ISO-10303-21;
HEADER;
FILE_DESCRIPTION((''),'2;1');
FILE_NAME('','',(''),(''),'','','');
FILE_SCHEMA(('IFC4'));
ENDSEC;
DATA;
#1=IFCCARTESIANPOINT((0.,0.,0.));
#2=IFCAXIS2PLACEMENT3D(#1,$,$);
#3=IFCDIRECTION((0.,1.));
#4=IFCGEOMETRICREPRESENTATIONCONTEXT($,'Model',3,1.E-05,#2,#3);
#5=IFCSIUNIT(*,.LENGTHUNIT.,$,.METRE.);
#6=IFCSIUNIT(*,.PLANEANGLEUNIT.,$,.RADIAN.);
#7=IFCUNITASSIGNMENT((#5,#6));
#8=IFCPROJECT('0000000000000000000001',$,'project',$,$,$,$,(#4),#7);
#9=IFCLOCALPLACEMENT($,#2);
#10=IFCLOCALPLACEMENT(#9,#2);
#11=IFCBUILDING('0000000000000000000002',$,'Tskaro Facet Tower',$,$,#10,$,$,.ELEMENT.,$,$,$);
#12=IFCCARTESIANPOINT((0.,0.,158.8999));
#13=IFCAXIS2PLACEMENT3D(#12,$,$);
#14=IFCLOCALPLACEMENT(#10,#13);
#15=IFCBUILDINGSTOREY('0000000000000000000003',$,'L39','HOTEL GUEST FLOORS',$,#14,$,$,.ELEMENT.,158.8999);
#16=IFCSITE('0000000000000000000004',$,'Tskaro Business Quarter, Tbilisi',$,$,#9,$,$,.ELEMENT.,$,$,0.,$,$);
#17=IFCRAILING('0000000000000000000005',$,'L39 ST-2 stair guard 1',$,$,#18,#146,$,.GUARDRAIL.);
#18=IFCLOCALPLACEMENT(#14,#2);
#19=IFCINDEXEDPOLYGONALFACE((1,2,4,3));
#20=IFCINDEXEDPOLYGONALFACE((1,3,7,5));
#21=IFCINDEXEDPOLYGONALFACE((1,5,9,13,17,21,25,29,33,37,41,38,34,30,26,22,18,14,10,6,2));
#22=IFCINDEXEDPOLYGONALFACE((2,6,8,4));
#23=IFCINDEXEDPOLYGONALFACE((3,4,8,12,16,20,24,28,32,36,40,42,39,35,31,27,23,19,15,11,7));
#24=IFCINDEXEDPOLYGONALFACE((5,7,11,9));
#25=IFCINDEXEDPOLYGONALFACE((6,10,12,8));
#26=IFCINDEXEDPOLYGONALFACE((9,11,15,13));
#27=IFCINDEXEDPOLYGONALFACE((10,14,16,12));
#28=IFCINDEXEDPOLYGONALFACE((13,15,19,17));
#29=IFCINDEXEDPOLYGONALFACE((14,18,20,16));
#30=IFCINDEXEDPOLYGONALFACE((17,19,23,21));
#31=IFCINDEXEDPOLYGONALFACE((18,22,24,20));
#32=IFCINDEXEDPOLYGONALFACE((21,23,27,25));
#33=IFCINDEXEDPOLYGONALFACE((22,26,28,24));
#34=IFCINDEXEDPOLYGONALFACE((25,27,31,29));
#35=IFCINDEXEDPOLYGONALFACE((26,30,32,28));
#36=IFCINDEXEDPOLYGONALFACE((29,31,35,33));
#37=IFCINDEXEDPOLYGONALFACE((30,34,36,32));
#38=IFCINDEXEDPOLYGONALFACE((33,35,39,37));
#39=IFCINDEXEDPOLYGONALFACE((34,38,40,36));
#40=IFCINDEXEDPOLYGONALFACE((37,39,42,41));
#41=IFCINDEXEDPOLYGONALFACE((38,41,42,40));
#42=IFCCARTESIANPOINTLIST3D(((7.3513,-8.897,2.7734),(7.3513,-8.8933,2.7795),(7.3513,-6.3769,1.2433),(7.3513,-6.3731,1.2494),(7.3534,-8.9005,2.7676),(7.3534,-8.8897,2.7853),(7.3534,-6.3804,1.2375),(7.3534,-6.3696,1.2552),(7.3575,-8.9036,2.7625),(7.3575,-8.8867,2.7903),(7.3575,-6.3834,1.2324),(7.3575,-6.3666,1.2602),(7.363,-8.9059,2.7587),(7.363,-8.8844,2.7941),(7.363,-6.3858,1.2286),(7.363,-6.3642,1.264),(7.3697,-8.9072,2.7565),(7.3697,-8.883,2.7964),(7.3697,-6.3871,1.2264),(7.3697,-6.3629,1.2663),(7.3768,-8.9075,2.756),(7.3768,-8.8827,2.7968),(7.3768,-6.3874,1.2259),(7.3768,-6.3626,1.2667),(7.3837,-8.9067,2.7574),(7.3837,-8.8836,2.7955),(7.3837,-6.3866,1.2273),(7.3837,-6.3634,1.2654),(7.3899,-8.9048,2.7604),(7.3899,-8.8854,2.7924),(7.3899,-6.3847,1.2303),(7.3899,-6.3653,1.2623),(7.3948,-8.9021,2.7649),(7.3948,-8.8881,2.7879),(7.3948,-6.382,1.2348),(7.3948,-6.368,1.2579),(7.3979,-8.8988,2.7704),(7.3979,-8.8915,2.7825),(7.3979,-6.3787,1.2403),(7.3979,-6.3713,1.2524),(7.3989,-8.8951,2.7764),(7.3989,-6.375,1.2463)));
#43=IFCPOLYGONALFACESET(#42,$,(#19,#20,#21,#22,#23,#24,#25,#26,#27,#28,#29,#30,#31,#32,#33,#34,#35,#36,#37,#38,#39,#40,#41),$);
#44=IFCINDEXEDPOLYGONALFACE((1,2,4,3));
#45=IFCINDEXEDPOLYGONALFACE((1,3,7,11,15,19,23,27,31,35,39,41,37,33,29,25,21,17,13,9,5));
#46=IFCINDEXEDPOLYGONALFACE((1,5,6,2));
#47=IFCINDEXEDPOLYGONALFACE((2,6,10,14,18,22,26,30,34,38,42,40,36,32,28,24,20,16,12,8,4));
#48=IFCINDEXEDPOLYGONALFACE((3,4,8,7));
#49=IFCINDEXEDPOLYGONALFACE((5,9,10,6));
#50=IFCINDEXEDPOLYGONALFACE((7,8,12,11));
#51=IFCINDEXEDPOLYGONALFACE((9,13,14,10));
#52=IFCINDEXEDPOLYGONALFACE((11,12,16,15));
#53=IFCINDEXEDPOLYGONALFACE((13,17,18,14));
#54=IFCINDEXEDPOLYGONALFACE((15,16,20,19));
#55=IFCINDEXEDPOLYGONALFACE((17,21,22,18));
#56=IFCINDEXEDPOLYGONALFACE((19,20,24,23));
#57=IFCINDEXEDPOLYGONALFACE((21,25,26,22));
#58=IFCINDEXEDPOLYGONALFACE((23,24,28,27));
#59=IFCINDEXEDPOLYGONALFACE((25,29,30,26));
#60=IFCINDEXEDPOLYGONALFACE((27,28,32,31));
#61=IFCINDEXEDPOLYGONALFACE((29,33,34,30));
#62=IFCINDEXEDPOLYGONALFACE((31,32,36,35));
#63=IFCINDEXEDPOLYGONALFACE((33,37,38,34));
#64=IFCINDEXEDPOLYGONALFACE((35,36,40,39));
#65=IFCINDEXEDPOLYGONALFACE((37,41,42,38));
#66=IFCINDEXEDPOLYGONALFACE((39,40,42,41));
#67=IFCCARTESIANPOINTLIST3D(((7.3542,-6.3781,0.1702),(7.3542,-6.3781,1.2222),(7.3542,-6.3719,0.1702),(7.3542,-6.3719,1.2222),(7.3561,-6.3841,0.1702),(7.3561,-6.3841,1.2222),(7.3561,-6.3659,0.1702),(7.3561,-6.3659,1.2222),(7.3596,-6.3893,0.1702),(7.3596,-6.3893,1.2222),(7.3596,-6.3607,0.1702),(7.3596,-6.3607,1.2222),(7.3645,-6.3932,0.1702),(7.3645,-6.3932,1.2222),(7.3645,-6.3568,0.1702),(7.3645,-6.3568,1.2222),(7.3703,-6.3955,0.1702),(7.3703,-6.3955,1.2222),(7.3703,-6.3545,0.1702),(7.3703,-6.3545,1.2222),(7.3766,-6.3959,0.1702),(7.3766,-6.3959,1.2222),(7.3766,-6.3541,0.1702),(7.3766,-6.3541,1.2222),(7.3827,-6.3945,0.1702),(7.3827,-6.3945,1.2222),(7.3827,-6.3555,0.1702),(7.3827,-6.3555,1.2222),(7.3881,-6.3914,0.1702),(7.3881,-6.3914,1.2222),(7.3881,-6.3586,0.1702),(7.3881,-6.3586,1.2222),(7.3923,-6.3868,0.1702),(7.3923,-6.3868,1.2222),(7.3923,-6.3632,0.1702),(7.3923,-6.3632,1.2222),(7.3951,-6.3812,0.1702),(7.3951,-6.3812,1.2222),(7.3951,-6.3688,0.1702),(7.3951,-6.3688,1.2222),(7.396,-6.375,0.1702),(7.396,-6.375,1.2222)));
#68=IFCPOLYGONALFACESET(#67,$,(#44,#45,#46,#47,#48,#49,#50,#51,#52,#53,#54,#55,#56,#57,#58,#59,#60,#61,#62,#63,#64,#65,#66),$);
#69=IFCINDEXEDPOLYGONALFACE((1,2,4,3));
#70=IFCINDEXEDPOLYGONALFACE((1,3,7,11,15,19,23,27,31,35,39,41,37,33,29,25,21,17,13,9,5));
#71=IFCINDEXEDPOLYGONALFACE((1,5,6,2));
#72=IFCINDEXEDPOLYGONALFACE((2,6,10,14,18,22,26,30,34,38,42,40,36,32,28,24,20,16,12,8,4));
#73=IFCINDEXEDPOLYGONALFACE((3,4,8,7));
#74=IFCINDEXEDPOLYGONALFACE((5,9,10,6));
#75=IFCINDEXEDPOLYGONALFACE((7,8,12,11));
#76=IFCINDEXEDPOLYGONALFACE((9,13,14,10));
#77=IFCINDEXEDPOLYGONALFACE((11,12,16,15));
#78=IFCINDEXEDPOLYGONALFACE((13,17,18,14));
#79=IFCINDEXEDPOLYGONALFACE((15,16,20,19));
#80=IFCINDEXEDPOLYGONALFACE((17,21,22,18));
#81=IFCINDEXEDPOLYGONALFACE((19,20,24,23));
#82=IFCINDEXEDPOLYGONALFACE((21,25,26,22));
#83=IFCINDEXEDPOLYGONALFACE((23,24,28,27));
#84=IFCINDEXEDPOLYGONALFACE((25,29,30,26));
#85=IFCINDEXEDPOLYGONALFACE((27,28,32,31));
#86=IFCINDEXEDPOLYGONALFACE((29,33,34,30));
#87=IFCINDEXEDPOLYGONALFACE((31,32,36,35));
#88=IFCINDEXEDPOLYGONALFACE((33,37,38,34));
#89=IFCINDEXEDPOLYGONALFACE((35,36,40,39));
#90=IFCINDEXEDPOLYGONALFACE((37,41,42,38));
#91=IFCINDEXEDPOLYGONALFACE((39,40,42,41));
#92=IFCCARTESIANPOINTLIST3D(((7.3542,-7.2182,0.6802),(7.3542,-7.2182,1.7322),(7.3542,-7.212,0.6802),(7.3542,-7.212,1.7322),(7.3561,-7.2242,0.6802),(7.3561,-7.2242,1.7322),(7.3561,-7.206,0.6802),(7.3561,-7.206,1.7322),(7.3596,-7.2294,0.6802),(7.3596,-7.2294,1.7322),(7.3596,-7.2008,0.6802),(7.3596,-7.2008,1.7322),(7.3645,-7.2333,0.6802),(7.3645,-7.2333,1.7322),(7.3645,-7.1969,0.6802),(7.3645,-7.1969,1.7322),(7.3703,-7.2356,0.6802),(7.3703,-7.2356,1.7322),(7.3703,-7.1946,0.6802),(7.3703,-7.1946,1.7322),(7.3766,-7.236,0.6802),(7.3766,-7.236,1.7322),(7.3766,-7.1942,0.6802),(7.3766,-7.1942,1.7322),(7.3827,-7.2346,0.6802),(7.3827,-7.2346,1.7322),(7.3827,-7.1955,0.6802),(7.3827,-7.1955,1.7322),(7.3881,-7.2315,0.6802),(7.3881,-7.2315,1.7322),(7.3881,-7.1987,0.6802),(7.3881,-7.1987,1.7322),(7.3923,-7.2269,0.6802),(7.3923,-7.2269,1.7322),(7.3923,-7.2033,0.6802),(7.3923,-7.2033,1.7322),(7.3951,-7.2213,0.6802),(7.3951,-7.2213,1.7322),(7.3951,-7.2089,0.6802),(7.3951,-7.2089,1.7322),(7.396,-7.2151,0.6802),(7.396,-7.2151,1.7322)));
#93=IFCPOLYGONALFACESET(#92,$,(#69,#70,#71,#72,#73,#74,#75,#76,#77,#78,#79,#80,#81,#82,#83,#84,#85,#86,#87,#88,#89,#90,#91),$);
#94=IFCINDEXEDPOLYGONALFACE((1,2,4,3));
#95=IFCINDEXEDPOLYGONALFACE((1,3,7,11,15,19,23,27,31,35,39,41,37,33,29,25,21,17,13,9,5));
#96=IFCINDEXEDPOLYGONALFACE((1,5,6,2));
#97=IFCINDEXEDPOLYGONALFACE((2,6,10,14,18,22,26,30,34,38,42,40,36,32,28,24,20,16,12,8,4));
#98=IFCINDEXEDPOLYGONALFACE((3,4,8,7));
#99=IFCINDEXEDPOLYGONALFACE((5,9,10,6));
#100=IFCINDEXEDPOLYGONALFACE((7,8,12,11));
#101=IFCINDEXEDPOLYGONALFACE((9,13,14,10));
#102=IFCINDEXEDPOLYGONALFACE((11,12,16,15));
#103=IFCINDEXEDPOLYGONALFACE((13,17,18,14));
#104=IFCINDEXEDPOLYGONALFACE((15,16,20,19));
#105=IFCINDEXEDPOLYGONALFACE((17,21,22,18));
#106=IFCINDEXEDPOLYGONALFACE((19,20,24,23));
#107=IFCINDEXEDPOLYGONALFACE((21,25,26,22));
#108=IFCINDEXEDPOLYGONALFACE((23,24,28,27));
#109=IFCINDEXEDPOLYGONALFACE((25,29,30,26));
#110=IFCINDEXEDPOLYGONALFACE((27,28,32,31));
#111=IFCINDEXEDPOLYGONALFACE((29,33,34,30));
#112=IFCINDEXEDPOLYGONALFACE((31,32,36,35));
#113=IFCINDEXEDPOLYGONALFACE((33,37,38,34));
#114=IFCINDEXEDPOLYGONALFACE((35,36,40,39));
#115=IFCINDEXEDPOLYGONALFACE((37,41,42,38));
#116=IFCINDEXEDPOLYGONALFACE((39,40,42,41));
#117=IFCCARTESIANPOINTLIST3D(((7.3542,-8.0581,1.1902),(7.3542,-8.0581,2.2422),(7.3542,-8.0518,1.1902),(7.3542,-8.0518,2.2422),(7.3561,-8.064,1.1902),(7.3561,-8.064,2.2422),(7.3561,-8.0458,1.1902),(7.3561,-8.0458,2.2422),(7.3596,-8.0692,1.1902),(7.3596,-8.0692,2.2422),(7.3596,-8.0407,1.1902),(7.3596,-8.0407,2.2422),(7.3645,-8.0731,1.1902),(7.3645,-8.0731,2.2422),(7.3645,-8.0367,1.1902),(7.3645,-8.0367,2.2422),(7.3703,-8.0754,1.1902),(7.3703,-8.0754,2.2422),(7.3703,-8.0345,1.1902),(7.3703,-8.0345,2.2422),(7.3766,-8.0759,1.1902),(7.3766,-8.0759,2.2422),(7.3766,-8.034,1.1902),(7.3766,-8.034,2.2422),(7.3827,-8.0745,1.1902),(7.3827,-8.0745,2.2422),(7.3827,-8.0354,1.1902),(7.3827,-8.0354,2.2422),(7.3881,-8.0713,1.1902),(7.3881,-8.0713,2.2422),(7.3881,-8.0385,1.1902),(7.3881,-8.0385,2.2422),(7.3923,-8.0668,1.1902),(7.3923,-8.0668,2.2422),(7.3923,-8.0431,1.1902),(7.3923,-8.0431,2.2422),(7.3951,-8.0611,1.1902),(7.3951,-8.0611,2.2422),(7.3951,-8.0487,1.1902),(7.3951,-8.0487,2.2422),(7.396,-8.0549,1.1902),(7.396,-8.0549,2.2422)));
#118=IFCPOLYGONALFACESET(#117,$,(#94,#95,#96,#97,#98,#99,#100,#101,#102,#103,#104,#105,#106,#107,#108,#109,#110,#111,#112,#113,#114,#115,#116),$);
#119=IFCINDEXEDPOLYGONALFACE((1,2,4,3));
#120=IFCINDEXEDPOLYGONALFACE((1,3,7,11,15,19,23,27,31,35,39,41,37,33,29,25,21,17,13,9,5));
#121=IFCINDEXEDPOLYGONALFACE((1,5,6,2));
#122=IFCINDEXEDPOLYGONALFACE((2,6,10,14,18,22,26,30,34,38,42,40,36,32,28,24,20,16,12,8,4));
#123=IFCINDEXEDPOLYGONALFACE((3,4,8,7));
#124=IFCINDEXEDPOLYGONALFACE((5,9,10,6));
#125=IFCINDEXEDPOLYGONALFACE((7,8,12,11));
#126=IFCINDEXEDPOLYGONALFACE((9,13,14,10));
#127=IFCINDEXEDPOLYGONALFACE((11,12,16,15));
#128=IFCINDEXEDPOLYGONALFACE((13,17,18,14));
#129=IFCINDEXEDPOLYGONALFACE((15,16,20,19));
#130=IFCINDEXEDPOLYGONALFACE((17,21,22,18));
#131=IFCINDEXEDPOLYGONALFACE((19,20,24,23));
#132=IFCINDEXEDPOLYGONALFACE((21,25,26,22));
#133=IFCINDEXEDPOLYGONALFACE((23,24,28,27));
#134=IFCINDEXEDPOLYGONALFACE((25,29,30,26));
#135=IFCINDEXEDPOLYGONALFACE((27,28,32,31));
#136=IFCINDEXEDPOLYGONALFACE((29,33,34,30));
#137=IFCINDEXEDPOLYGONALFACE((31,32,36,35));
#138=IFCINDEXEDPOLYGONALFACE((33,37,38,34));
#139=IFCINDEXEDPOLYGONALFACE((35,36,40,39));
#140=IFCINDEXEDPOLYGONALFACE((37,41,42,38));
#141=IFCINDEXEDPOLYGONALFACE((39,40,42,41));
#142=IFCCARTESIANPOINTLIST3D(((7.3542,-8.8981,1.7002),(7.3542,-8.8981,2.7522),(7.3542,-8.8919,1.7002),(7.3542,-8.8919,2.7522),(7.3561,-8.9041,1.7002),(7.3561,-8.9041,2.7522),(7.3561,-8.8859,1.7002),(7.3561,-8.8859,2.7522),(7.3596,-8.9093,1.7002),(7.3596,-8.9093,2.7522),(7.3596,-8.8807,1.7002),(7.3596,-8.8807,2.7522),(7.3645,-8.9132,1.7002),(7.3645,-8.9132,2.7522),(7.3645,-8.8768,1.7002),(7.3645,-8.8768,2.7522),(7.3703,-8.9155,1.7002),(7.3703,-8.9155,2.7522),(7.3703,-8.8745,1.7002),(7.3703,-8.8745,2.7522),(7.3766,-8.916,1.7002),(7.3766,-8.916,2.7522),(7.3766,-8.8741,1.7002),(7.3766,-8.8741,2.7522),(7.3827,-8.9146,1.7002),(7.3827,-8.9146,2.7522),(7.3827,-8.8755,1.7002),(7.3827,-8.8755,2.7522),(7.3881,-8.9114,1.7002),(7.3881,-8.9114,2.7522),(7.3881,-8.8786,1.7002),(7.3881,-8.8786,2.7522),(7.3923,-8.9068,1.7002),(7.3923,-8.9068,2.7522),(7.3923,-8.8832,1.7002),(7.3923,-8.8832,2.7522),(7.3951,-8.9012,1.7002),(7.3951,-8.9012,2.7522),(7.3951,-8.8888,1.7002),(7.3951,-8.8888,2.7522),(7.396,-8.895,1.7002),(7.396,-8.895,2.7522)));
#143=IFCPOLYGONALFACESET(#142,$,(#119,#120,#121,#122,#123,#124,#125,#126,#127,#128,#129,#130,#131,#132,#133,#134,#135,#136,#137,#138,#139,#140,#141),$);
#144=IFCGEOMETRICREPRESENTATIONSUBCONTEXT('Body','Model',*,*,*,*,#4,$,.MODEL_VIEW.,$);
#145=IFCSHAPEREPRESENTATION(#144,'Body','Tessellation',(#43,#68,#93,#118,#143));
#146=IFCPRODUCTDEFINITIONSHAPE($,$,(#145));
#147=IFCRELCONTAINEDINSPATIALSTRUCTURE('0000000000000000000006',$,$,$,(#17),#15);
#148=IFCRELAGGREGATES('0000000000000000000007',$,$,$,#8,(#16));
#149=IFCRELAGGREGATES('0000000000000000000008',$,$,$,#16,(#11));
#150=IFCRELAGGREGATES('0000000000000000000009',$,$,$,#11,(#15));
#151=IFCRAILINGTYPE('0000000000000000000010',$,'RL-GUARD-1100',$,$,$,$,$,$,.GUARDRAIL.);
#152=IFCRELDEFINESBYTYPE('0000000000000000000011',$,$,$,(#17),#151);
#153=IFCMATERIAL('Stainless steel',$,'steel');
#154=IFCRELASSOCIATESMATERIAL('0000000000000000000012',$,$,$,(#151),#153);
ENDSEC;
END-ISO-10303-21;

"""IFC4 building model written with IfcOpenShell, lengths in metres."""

from ifc_helpers import new_model, si_unit, direction, frame, origin, origin_2d, place, context, subcontext, project, spatial, circle, extrude, material, type_object, element, save


model = new_model("IFC4")

# Units and contexts
model_context = context("Model", 3, precision=1e-05, world=origin(), true_north=direction((0.0, 1.0)))
body_context = subcontext(model_context, "Body", "Model", "MODEL_VIEW")
ifc_project = project(units=[si_unit("LENGTHUNIT", "METRE"), si_unit("PLANEANGLEUNIT", "RADIAN")], contexts=[model_context])

# Site, building, storey
site_placement = place(None, origin())
site = spatial("IfcSite", under=ifc_project, at=site_placement, Name="Tskaro Business Quarter, Tbilisi", CompositionType="ELEMENT", RefElevation=0.0)
building_placement = place(site_placement, origin())
building = spatial("IfcBuilding", under=site, at=building_placement, Name="Tskaro Facet Tower", CompositionType="ELEMENT")
storey_placement = place(building_placement, frame((0.0, 0.0, 158.8999)))
storey = spatial("IfcBuildingStorey", under=building, at=storey_placement, Name="L39", Description="HOTEL GUEST FLOORS", CompositionType="ELEMENT", Elevation=158.8999)

# Railing
ifc_material_1 = material(Name="Stainless steel", Category="steel")
railing_type_1 = type_object("IfcRailingType", Name="RL-GUARD-1100", PredefinedType="GUARDRAIL", material=ifc_material_1)
railing_1_placement = place(storey_placement, frame((7.375, -6.375, 0.1702)))
element("IfcRailing", 1, at=railing_1_placement, inside=storey, type_object=railing_type_1, Name="L39 ST-2 stair guard 1", PredefinedType="GUARDRAIL", context=body_context, shape_type="SweptSolid", body=[
    extrude(circle(Radius=0.0239, at=origin_2d()), frame((0.0, 0.0, 1.0762), z_axis=(0.0, -0.854785, 0.518982), x_axis=(1.0, 0.0, 0.0)), (0.0, 0.0, 1.0), 2.9482),
    extrude(circle(Radius=0.021, at=origin_2d()), origin(), (0.0, 0.0, 1.0), 1.052),
    extrude(circle(Radius=0.021, at=origin_2d()), frame((0.0, -0.8401, 0.51)), (0.0, 0.0, 1.0), 1.052),
    extrude(circle(Radius=0.021, at=origin_2d()), frame((0.0, -1.6799, 1.02)), (0.0, 0.0, 1.0), 1.052),
    extrude(circle(Radius=0.021, at=origin_2d()), frame((0.0, -2.52, 1.53)), (0.0, 0.0, 1.0), 1.052),
])

save(model, "model.ifc")
